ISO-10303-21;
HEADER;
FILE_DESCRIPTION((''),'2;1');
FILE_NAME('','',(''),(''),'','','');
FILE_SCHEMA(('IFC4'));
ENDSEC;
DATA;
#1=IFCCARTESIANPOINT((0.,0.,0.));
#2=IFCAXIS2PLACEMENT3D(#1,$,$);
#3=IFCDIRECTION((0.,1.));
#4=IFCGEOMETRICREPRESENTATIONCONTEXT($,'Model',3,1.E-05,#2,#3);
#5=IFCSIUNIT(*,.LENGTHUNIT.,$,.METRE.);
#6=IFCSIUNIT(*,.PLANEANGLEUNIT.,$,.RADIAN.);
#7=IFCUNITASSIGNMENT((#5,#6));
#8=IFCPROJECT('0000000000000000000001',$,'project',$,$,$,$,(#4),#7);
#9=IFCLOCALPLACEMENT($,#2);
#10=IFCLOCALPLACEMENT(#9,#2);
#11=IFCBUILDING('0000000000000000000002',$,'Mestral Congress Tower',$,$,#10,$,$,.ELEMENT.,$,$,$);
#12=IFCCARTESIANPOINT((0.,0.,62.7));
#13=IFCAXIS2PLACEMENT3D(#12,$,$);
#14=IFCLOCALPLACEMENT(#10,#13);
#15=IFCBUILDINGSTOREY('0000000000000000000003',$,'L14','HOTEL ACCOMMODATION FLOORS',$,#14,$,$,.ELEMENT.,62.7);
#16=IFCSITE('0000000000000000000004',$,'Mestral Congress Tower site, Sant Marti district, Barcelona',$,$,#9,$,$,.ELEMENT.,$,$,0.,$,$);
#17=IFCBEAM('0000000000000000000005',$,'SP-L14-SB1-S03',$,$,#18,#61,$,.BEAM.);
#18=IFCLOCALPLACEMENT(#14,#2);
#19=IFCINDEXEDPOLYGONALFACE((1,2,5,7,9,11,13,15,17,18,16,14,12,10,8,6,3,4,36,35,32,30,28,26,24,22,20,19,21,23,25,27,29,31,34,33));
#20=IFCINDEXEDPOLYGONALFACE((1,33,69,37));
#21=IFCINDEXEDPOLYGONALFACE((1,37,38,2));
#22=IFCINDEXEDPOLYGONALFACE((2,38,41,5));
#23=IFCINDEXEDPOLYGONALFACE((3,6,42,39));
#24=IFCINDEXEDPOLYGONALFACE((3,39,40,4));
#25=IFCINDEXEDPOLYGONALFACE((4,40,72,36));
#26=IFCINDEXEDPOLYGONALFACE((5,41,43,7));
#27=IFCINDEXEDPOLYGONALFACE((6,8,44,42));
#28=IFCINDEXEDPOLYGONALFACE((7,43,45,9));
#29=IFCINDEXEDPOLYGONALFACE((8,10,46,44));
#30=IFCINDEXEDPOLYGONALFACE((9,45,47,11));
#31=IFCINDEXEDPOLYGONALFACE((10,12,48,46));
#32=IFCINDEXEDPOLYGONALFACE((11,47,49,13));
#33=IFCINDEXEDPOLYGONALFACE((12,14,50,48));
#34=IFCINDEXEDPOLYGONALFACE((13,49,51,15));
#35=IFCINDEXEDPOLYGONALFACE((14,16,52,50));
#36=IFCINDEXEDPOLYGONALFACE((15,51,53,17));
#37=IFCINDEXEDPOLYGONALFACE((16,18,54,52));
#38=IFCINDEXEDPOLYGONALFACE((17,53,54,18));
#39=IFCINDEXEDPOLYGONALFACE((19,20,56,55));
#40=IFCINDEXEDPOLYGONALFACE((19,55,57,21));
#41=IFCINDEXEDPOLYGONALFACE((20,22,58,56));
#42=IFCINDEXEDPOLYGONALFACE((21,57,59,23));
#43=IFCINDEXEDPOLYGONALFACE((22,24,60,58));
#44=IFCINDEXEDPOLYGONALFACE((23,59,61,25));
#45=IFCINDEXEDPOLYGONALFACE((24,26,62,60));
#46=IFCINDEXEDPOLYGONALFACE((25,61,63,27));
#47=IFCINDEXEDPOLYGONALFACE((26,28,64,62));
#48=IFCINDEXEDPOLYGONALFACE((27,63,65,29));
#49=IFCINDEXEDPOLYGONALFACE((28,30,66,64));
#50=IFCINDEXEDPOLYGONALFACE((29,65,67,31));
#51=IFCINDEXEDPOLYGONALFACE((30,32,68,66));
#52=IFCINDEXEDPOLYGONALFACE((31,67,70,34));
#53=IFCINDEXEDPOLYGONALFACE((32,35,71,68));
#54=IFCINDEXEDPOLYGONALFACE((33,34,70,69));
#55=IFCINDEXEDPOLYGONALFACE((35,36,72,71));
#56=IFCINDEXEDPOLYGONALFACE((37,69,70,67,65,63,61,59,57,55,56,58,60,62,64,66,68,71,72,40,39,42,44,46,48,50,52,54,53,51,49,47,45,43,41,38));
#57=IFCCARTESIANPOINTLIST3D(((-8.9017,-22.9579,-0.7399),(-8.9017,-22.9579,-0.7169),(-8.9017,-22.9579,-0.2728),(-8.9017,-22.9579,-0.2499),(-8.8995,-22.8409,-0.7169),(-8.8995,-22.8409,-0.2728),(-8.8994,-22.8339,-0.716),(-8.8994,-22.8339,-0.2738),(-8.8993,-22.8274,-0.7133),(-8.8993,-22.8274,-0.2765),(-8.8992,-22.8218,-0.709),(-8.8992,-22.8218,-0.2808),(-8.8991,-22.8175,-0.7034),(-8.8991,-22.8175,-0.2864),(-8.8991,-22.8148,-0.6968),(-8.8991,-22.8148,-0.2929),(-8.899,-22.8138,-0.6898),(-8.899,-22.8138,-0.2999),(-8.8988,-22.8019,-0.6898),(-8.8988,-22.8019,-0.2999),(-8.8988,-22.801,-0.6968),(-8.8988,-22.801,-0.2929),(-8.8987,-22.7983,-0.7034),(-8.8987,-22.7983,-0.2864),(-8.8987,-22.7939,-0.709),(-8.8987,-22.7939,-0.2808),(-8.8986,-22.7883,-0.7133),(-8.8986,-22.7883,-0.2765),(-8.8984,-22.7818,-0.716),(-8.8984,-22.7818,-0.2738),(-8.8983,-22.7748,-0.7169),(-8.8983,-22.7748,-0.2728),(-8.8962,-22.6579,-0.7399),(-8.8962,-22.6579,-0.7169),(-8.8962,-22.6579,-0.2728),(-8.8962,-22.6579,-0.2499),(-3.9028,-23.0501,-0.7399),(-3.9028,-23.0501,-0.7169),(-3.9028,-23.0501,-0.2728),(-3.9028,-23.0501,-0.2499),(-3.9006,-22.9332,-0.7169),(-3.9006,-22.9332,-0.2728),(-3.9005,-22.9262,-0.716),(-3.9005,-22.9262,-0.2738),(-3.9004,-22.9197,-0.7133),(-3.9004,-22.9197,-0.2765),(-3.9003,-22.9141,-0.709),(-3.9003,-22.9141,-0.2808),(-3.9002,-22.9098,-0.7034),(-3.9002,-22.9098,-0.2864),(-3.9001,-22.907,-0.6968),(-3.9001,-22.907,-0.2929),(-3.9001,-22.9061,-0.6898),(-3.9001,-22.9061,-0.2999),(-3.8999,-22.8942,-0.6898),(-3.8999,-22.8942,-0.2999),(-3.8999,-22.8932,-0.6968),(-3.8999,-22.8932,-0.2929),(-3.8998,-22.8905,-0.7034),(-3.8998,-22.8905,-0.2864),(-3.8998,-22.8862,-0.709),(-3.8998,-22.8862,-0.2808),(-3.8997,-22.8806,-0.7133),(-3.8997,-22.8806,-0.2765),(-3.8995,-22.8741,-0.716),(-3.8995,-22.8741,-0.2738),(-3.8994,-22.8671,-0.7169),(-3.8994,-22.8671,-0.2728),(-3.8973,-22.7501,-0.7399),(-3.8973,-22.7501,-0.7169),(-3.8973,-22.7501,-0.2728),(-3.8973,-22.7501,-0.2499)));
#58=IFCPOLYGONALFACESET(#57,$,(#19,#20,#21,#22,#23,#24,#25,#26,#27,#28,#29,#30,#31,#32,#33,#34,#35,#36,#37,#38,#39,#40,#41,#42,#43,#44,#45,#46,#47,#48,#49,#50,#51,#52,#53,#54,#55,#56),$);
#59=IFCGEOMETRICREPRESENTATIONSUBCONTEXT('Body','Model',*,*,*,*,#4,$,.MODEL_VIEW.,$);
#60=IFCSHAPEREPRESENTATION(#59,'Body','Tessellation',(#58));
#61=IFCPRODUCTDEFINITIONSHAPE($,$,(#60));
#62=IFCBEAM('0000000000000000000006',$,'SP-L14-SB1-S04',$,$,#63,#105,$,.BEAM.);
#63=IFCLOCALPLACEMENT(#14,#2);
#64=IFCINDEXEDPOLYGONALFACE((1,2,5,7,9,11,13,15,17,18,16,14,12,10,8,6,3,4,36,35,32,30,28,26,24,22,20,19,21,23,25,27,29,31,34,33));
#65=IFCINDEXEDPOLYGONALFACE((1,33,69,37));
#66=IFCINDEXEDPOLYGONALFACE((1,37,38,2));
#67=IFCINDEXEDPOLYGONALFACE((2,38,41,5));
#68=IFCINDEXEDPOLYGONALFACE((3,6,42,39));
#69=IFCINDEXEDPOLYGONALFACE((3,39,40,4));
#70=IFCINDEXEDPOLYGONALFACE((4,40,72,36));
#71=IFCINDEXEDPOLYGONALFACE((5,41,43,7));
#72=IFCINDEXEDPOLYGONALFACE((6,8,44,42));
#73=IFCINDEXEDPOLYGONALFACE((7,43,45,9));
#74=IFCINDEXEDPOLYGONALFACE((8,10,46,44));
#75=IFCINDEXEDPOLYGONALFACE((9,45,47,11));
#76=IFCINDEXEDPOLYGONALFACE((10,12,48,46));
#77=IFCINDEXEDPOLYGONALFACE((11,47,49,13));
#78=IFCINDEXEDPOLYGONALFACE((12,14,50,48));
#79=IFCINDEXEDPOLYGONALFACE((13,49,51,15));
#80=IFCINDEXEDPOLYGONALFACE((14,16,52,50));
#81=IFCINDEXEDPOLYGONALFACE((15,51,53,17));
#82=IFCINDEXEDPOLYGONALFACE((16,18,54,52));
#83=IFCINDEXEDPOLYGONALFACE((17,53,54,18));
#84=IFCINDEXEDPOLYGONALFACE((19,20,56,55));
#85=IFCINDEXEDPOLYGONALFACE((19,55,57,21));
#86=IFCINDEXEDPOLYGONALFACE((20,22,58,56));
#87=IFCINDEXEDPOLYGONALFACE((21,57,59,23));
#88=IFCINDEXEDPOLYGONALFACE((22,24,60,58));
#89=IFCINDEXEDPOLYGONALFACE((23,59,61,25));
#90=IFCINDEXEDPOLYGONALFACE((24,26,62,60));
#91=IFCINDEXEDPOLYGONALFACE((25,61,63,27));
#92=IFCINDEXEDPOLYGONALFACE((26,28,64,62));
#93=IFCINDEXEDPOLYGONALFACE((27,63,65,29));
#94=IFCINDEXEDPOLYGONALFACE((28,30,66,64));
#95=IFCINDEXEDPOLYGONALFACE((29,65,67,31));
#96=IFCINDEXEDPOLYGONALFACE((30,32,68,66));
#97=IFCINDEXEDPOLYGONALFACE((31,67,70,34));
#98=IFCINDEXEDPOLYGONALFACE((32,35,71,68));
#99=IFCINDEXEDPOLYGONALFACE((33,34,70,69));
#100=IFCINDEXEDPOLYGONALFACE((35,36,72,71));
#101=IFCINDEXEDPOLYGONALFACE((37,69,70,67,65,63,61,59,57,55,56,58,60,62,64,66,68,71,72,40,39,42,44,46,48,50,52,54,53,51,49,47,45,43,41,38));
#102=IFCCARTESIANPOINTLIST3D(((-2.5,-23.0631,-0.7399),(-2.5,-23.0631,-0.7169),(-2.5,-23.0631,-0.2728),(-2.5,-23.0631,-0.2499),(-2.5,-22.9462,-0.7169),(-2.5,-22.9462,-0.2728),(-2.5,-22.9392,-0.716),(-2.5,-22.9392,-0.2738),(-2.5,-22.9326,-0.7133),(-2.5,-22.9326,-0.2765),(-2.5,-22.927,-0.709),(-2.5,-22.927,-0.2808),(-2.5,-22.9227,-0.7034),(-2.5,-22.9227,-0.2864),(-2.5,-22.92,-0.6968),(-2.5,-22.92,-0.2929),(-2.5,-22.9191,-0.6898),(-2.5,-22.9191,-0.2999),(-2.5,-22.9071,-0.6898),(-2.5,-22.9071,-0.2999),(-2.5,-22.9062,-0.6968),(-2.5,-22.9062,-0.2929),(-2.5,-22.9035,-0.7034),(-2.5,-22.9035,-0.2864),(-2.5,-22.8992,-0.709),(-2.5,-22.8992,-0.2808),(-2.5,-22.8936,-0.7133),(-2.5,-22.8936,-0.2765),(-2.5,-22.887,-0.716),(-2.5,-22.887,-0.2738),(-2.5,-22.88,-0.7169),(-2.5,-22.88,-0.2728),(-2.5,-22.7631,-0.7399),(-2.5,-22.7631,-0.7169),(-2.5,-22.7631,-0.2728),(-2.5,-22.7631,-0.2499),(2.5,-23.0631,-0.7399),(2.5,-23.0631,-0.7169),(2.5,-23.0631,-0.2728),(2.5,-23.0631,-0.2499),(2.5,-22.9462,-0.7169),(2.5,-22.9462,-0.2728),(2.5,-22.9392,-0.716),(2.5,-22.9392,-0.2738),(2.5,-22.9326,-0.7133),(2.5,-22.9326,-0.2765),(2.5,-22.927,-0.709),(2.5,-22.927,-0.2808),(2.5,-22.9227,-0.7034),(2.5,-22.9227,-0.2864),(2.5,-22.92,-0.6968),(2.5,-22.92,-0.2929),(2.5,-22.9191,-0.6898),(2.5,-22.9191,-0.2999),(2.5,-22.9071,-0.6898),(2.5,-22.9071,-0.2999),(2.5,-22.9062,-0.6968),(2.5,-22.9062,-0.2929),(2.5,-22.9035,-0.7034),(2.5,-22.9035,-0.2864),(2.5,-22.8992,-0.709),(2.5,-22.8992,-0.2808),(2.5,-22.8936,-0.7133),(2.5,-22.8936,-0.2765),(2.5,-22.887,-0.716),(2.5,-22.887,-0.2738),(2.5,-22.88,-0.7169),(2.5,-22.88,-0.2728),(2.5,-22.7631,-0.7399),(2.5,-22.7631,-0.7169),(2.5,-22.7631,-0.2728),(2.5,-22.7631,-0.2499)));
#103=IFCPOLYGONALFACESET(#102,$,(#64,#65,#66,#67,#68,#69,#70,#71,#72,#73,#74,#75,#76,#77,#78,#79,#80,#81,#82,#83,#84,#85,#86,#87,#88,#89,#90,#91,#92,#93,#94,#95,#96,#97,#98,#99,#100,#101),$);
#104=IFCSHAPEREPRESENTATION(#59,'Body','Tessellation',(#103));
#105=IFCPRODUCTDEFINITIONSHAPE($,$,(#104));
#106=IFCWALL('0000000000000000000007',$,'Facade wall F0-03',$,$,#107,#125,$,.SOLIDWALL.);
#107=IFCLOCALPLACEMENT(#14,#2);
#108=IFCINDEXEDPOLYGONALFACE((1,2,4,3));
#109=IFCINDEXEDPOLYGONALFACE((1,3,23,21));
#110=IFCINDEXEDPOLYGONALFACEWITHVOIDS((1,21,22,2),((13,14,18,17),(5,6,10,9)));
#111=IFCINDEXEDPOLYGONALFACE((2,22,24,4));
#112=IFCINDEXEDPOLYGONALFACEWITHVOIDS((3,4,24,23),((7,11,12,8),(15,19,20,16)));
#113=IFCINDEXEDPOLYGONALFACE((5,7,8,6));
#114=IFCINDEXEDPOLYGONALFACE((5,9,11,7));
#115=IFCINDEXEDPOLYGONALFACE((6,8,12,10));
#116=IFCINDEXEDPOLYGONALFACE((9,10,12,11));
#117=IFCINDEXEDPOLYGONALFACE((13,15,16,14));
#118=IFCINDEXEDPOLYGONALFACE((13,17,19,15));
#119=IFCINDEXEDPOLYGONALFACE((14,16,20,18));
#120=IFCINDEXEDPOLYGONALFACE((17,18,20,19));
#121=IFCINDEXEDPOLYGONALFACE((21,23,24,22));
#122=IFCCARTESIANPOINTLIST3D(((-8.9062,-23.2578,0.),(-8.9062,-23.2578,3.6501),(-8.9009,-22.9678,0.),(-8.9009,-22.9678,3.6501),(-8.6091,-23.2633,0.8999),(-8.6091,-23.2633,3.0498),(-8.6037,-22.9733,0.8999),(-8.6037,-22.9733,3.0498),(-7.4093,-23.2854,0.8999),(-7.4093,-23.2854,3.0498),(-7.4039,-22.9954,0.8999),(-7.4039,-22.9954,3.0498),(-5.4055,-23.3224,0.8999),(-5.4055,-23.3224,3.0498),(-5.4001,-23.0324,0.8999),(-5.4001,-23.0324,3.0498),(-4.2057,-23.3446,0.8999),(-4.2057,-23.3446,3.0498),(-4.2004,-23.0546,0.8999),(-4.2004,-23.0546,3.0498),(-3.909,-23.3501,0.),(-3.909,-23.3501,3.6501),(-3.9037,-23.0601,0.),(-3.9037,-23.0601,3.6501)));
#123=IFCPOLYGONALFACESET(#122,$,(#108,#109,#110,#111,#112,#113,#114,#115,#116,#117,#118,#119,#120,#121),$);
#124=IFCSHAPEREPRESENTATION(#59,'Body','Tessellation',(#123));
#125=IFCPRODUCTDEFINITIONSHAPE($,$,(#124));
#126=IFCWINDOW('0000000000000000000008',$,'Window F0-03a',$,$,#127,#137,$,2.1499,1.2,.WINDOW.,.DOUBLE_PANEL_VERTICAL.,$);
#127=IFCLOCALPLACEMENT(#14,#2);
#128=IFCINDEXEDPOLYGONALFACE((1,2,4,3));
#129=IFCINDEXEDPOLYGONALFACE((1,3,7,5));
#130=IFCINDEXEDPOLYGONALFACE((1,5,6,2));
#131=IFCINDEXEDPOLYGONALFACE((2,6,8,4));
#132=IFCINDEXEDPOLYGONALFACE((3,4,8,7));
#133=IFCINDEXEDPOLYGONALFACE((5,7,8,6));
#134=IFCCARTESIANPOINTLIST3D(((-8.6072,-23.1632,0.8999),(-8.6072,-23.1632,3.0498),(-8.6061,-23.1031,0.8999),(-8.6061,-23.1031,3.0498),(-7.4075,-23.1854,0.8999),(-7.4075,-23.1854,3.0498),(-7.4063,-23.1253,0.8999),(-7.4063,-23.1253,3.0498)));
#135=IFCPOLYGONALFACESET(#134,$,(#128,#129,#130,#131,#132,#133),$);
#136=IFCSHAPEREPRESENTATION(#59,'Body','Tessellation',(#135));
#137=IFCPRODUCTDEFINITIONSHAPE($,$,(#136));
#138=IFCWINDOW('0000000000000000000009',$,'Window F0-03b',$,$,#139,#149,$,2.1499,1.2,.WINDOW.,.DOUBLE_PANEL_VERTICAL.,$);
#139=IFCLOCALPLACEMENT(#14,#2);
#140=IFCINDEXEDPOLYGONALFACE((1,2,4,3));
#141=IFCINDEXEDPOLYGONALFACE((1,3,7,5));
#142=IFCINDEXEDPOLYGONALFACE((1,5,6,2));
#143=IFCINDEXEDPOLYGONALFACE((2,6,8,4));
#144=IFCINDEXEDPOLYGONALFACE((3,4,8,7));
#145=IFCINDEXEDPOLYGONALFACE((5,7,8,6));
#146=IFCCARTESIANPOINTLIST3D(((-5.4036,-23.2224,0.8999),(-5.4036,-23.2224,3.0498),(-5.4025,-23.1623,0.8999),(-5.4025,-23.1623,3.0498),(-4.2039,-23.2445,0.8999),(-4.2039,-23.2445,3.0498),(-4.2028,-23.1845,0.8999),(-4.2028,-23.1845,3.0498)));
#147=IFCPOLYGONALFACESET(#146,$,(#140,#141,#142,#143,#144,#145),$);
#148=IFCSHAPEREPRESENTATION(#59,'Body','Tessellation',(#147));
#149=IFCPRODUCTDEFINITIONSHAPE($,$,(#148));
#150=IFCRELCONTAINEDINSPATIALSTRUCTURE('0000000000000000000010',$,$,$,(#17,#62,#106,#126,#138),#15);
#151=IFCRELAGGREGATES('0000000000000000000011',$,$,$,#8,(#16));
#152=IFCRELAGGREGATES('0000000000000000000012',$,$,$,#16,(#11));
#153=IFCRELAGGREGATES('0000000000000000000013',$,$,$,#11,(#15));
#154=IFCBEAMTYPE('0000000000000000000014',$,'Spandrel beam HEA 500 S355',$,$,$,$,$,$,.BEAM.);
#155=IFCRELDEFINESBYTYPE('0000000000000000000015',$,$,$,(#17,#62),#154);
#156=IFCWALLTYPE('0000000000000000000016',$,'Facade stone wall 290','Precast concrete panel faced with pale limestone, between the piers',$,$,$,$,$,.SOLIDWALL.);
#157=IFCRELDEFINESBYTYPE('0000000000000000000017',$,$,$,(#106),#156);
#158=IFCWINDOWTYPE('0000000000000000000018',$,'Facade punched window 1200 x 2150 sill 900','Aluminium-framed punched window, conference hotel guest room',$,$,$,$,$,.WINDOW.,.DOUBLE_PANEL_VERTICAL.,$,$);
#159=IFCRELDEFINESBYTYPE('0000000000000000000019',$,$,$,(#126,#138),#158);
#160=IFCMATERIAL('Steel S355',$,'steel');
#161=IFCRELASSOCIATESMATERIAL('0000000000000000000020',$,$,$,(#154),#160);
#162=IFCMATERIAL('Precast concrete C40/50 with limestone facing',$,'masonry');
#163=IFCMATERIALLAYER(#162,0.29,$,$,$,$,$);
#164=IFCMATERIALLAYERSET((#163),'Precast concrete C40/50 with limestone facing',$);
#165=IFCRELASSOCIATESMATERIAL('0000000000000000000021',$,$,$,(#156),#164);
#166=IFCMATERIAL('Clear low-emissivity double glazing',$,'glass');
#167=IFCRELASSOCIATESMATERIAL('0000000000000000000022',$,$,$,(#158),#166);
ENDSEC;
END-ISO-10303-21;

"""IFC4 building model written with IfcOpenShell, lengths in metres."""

from ifc_helpers import new_model, si_unit, direction, frame, frame_2d, origin, origin_2d, place, context, subcontext, project, spatial, rectangle, i_section, extrude, material, layer, layer_set, material_profile, profile_set, type_object, element, fill, save


model = new_model("IFC4")

# Units and contexts
model_context = context("Model", 3, precision=1e-05, world=origin(), true_north=direction((0.0, 1.0)))
body_context = subcontext(model_context, "Body", "Model", "MODEL_VIEW")
ifc_project = project(units=[si_unit("LENGTHUNIT", "METRE"), si_unit("PLANEANGLEUNIT", "RADIAN")], contexts=[model_context])

# Site, building, storey
site_placement = place(None, origin())
site = spatial("IfcSite", under=ifc_project, at=site_placement, Name="Mestral Congress Tower site, Sant Marti district, Barcelona", CompositionType="ELEMENT", RefElevation=0.0)
building_placement = place(site_placement, origin())
building = spatial("IfcBuilding", under=site, at=building_placement, Name="Mestral Congress Tower", CompositionType="ELEMENT")
storey_placement = place(building_placement, frame((0.0, 0.0, 62.7)))
storey = spatial("IfcBuildingStorey", under=building, at=storey_placement, Name="L14", Description="HOTEL ACCOMMODATION FLOORS", CompositionType="ELEMENT", Elevation=62.7)

# Beams
ifc_material_1 = material(Name="Steel S355", Category="steel")
ifc_material_profile_1 = material_profile(ifc_material_1, i_section(OverallWidth=0.3, OverallDepth=0.49, WebThickness=0.012, FlangeThickness=0.0229, FilletRadius=0.0271, at=origin_2d()), Name="HEA 500")
ifc_profile_set_1 = profile_set([ifc_material_profile_1], Name="Steel S355")
beam_type_1 = type_object("IfcBeamType", Name="Spandrel beam HEA 500 S355", PredefinedType="BEAM", material=ifc_profile_set_1)
beam_1_placement = place(storey_placement, frame((-8.8989, -22.8079, -0.4949), z_axis=(0.99983, -0.018457, 0.0), x_axis=(0.018457, 0.99983, 0.0)))
element("IfcBeam", 1, at=beam_1_placement, inside=storey, type_object=beam_type_1, Name="SP-L14-SB1-S03", PredefinedType="BEAM", context=body_context, shape_type="SweptSolid", body=[
    extrude(i_section(OverallWidth=0.3, OverallDepth=0.49, WebThickness=0.012, FlangeThickness=0.0229, FilletRadius=0.0271, at=origin_2d()), origin(), (0.0, 0.0, 1.0), 4.9998),
])
beam_2_placement = place(storey_placement, frame((-2.5, -22.9131, -0.4949), z_axis=(1.0, 0.0, 0.0), x_axis=(0.0, 1.0, 0.0)))
element("IfcBeam", 2, at=beam_2_placement, inside=storey, type_object=beam_type_1, Name="SP-L14-SB1-S04", PredefinedType="BEAM", context=body_context, shape_type="SweptSolid", body=[
    extrude(i_section(OverallWidth=0.3, OverallDepth=0.49, WebThickness=0.012, FlangeThickness=0.0229, FilletRadius=0.0271, at=origin_2d()), origin(), (0.0, 0.0, 1.0), 5.0),
])

# Wall, openings, windows
ifc_material_2 = material(Name="Precast concrete C40/50 with limestone facing", Category="masonry")
ifc_layer_1 = layer(ifc_material_2, 0.29)
ifc_layer_set_1 = layer_set([ifc_layer_1], Name="Precast concrete C40/50 with limestone facing")
wall_type_1 = type_object("IfcWallType", Name="Facade stone wall 290", Description="Precast concrete panel faced with pale limestone, between the piers", PredefinedType="SOLIDWALL", material=ifc_layer_set_1)
wall_1_placement = place(storey_placement, frame((-8.9036, -23.1128, 0.0), z_axis=(0.0, 0.0, 1.0), x_axis=(0.99983, -0.018464, 0.0)))
wall_1 = element("IfcWall", 3, at=wall_1_placement, inside=storey, type_object=wall_type_1, Name="Facade wall F0-03", PredefinedType="SOLIDWALL", context=body_context, shape_type="SweptSolid", body=[
    extrude(rectangle(XDim=4.998, YDim=0.29, at=frame_2d((2.499, 0.0))), origin(), (0.0, 0.0, 1.0), 3.6501),
])
opening_1_placement = place(wall_1_placement, frame((0.2971, 0.0, 0.8999)))
opening_1 = element("IfcOpeningElement", 4, at=opening_1_placement, cuts=wall_1, PredefinedType="OPENING", context=body_context, shape_type="SweptSolid", body=[
    extrude(rectangle(XDim=1.2, YDim=2.1499, at=frame_2d((0.6001, 1.075))), frame((0.0, 0.155, 0.0), z_axis=(0.0, -1.0, 0.0), x_axis=(1.0, 0.0, 0.0)), (0.0, 0.0, 1.0), 0.3101),
])
opening_2_placement = place(wall_1_placement, frame((3.5012, 0.0, 0.8999)))
opening_2 = element("IfcOpeningElement", 5, at=opening_2_placement, cuts=wall_1, PredefinedType="OPENING", context=body_context, shape_type="SweptSolid", body=[
    extrude(rectangle(XDim=1.2, YDim=2.1499, at=frame_2d((0.6001, 1.075))), frame((0.0, 0.155, 0.0), z_axis=(0.0, -1.0, 0.0), x_axis=(1.0, 0.0, 0.0)), (0.0, 0.0, 1.0), 0.3101),
])
ifc_material_3 = material(Name="Clear low-emissivity double glazing", Category="glass")
window_type = type_object("IfcWindowType", Name="Facade punched window 1200 x 2150 sill 900", Description="Aluminium-framed punched window, conference hotel guest room", PartitioningType="DOUBLE_PANEL_VERTICAL", PredefinedType="WINDOW", material=ifc_material_3)
window_1_placement = place(opening_1_placement, origin())
window_1 = element("IfcWindow", 6, at=window_1_placement, inside=storey, type_object=window_type, Name="Window F0-03a", OverallHeight=2.1499, OverallWidth=1.2, PartitioningType="DOUBLE_PANEL_VERTICAL", PredefinedType="WINDOW", context=body_context, shape_type="SweptSolid", body=[
    extrude(rectangle(XDim=1.2, YDim=2.1499, at=frame_2d((0.6001, 1.075))), frame((0.0, 0.0151, 0.0), z_axis=(0.0, -1.0, 0.0), x_axis=(1.0, 0.0, 0.0)), (0.0, 0.0, 1.0), 0.0601),
])
fill(opening_1, window_1)
window_2_placement = place(opening_2_placement, origin())
window_2 = element("IfcWindow", 7, at=window_2_placement, inside=storey, type_object=window_type, Name="Window F0-03b", OverallHeight=2.1499, OverallWidth=1.2, PartitioningType="DOUBLE_PANEL_VERTICAL", PredefinedType="WINDOW", context=body_context, shape_type="SweptSolid", body=[
    extrude(rectangle(XDim=1.2, YDim=2.1499, at=frame_2d((0.6001, 1.075))), frame((0.0, 0.0151, 0.0), z_axis=(0.0, -1.0, 0.0), x_axis=(1.0, 0.0, 0.0)), (0.0, 0.0, 1.0), 0.0601),
])
fill(opening_2, window_2)

save(model, "model.ifc")
